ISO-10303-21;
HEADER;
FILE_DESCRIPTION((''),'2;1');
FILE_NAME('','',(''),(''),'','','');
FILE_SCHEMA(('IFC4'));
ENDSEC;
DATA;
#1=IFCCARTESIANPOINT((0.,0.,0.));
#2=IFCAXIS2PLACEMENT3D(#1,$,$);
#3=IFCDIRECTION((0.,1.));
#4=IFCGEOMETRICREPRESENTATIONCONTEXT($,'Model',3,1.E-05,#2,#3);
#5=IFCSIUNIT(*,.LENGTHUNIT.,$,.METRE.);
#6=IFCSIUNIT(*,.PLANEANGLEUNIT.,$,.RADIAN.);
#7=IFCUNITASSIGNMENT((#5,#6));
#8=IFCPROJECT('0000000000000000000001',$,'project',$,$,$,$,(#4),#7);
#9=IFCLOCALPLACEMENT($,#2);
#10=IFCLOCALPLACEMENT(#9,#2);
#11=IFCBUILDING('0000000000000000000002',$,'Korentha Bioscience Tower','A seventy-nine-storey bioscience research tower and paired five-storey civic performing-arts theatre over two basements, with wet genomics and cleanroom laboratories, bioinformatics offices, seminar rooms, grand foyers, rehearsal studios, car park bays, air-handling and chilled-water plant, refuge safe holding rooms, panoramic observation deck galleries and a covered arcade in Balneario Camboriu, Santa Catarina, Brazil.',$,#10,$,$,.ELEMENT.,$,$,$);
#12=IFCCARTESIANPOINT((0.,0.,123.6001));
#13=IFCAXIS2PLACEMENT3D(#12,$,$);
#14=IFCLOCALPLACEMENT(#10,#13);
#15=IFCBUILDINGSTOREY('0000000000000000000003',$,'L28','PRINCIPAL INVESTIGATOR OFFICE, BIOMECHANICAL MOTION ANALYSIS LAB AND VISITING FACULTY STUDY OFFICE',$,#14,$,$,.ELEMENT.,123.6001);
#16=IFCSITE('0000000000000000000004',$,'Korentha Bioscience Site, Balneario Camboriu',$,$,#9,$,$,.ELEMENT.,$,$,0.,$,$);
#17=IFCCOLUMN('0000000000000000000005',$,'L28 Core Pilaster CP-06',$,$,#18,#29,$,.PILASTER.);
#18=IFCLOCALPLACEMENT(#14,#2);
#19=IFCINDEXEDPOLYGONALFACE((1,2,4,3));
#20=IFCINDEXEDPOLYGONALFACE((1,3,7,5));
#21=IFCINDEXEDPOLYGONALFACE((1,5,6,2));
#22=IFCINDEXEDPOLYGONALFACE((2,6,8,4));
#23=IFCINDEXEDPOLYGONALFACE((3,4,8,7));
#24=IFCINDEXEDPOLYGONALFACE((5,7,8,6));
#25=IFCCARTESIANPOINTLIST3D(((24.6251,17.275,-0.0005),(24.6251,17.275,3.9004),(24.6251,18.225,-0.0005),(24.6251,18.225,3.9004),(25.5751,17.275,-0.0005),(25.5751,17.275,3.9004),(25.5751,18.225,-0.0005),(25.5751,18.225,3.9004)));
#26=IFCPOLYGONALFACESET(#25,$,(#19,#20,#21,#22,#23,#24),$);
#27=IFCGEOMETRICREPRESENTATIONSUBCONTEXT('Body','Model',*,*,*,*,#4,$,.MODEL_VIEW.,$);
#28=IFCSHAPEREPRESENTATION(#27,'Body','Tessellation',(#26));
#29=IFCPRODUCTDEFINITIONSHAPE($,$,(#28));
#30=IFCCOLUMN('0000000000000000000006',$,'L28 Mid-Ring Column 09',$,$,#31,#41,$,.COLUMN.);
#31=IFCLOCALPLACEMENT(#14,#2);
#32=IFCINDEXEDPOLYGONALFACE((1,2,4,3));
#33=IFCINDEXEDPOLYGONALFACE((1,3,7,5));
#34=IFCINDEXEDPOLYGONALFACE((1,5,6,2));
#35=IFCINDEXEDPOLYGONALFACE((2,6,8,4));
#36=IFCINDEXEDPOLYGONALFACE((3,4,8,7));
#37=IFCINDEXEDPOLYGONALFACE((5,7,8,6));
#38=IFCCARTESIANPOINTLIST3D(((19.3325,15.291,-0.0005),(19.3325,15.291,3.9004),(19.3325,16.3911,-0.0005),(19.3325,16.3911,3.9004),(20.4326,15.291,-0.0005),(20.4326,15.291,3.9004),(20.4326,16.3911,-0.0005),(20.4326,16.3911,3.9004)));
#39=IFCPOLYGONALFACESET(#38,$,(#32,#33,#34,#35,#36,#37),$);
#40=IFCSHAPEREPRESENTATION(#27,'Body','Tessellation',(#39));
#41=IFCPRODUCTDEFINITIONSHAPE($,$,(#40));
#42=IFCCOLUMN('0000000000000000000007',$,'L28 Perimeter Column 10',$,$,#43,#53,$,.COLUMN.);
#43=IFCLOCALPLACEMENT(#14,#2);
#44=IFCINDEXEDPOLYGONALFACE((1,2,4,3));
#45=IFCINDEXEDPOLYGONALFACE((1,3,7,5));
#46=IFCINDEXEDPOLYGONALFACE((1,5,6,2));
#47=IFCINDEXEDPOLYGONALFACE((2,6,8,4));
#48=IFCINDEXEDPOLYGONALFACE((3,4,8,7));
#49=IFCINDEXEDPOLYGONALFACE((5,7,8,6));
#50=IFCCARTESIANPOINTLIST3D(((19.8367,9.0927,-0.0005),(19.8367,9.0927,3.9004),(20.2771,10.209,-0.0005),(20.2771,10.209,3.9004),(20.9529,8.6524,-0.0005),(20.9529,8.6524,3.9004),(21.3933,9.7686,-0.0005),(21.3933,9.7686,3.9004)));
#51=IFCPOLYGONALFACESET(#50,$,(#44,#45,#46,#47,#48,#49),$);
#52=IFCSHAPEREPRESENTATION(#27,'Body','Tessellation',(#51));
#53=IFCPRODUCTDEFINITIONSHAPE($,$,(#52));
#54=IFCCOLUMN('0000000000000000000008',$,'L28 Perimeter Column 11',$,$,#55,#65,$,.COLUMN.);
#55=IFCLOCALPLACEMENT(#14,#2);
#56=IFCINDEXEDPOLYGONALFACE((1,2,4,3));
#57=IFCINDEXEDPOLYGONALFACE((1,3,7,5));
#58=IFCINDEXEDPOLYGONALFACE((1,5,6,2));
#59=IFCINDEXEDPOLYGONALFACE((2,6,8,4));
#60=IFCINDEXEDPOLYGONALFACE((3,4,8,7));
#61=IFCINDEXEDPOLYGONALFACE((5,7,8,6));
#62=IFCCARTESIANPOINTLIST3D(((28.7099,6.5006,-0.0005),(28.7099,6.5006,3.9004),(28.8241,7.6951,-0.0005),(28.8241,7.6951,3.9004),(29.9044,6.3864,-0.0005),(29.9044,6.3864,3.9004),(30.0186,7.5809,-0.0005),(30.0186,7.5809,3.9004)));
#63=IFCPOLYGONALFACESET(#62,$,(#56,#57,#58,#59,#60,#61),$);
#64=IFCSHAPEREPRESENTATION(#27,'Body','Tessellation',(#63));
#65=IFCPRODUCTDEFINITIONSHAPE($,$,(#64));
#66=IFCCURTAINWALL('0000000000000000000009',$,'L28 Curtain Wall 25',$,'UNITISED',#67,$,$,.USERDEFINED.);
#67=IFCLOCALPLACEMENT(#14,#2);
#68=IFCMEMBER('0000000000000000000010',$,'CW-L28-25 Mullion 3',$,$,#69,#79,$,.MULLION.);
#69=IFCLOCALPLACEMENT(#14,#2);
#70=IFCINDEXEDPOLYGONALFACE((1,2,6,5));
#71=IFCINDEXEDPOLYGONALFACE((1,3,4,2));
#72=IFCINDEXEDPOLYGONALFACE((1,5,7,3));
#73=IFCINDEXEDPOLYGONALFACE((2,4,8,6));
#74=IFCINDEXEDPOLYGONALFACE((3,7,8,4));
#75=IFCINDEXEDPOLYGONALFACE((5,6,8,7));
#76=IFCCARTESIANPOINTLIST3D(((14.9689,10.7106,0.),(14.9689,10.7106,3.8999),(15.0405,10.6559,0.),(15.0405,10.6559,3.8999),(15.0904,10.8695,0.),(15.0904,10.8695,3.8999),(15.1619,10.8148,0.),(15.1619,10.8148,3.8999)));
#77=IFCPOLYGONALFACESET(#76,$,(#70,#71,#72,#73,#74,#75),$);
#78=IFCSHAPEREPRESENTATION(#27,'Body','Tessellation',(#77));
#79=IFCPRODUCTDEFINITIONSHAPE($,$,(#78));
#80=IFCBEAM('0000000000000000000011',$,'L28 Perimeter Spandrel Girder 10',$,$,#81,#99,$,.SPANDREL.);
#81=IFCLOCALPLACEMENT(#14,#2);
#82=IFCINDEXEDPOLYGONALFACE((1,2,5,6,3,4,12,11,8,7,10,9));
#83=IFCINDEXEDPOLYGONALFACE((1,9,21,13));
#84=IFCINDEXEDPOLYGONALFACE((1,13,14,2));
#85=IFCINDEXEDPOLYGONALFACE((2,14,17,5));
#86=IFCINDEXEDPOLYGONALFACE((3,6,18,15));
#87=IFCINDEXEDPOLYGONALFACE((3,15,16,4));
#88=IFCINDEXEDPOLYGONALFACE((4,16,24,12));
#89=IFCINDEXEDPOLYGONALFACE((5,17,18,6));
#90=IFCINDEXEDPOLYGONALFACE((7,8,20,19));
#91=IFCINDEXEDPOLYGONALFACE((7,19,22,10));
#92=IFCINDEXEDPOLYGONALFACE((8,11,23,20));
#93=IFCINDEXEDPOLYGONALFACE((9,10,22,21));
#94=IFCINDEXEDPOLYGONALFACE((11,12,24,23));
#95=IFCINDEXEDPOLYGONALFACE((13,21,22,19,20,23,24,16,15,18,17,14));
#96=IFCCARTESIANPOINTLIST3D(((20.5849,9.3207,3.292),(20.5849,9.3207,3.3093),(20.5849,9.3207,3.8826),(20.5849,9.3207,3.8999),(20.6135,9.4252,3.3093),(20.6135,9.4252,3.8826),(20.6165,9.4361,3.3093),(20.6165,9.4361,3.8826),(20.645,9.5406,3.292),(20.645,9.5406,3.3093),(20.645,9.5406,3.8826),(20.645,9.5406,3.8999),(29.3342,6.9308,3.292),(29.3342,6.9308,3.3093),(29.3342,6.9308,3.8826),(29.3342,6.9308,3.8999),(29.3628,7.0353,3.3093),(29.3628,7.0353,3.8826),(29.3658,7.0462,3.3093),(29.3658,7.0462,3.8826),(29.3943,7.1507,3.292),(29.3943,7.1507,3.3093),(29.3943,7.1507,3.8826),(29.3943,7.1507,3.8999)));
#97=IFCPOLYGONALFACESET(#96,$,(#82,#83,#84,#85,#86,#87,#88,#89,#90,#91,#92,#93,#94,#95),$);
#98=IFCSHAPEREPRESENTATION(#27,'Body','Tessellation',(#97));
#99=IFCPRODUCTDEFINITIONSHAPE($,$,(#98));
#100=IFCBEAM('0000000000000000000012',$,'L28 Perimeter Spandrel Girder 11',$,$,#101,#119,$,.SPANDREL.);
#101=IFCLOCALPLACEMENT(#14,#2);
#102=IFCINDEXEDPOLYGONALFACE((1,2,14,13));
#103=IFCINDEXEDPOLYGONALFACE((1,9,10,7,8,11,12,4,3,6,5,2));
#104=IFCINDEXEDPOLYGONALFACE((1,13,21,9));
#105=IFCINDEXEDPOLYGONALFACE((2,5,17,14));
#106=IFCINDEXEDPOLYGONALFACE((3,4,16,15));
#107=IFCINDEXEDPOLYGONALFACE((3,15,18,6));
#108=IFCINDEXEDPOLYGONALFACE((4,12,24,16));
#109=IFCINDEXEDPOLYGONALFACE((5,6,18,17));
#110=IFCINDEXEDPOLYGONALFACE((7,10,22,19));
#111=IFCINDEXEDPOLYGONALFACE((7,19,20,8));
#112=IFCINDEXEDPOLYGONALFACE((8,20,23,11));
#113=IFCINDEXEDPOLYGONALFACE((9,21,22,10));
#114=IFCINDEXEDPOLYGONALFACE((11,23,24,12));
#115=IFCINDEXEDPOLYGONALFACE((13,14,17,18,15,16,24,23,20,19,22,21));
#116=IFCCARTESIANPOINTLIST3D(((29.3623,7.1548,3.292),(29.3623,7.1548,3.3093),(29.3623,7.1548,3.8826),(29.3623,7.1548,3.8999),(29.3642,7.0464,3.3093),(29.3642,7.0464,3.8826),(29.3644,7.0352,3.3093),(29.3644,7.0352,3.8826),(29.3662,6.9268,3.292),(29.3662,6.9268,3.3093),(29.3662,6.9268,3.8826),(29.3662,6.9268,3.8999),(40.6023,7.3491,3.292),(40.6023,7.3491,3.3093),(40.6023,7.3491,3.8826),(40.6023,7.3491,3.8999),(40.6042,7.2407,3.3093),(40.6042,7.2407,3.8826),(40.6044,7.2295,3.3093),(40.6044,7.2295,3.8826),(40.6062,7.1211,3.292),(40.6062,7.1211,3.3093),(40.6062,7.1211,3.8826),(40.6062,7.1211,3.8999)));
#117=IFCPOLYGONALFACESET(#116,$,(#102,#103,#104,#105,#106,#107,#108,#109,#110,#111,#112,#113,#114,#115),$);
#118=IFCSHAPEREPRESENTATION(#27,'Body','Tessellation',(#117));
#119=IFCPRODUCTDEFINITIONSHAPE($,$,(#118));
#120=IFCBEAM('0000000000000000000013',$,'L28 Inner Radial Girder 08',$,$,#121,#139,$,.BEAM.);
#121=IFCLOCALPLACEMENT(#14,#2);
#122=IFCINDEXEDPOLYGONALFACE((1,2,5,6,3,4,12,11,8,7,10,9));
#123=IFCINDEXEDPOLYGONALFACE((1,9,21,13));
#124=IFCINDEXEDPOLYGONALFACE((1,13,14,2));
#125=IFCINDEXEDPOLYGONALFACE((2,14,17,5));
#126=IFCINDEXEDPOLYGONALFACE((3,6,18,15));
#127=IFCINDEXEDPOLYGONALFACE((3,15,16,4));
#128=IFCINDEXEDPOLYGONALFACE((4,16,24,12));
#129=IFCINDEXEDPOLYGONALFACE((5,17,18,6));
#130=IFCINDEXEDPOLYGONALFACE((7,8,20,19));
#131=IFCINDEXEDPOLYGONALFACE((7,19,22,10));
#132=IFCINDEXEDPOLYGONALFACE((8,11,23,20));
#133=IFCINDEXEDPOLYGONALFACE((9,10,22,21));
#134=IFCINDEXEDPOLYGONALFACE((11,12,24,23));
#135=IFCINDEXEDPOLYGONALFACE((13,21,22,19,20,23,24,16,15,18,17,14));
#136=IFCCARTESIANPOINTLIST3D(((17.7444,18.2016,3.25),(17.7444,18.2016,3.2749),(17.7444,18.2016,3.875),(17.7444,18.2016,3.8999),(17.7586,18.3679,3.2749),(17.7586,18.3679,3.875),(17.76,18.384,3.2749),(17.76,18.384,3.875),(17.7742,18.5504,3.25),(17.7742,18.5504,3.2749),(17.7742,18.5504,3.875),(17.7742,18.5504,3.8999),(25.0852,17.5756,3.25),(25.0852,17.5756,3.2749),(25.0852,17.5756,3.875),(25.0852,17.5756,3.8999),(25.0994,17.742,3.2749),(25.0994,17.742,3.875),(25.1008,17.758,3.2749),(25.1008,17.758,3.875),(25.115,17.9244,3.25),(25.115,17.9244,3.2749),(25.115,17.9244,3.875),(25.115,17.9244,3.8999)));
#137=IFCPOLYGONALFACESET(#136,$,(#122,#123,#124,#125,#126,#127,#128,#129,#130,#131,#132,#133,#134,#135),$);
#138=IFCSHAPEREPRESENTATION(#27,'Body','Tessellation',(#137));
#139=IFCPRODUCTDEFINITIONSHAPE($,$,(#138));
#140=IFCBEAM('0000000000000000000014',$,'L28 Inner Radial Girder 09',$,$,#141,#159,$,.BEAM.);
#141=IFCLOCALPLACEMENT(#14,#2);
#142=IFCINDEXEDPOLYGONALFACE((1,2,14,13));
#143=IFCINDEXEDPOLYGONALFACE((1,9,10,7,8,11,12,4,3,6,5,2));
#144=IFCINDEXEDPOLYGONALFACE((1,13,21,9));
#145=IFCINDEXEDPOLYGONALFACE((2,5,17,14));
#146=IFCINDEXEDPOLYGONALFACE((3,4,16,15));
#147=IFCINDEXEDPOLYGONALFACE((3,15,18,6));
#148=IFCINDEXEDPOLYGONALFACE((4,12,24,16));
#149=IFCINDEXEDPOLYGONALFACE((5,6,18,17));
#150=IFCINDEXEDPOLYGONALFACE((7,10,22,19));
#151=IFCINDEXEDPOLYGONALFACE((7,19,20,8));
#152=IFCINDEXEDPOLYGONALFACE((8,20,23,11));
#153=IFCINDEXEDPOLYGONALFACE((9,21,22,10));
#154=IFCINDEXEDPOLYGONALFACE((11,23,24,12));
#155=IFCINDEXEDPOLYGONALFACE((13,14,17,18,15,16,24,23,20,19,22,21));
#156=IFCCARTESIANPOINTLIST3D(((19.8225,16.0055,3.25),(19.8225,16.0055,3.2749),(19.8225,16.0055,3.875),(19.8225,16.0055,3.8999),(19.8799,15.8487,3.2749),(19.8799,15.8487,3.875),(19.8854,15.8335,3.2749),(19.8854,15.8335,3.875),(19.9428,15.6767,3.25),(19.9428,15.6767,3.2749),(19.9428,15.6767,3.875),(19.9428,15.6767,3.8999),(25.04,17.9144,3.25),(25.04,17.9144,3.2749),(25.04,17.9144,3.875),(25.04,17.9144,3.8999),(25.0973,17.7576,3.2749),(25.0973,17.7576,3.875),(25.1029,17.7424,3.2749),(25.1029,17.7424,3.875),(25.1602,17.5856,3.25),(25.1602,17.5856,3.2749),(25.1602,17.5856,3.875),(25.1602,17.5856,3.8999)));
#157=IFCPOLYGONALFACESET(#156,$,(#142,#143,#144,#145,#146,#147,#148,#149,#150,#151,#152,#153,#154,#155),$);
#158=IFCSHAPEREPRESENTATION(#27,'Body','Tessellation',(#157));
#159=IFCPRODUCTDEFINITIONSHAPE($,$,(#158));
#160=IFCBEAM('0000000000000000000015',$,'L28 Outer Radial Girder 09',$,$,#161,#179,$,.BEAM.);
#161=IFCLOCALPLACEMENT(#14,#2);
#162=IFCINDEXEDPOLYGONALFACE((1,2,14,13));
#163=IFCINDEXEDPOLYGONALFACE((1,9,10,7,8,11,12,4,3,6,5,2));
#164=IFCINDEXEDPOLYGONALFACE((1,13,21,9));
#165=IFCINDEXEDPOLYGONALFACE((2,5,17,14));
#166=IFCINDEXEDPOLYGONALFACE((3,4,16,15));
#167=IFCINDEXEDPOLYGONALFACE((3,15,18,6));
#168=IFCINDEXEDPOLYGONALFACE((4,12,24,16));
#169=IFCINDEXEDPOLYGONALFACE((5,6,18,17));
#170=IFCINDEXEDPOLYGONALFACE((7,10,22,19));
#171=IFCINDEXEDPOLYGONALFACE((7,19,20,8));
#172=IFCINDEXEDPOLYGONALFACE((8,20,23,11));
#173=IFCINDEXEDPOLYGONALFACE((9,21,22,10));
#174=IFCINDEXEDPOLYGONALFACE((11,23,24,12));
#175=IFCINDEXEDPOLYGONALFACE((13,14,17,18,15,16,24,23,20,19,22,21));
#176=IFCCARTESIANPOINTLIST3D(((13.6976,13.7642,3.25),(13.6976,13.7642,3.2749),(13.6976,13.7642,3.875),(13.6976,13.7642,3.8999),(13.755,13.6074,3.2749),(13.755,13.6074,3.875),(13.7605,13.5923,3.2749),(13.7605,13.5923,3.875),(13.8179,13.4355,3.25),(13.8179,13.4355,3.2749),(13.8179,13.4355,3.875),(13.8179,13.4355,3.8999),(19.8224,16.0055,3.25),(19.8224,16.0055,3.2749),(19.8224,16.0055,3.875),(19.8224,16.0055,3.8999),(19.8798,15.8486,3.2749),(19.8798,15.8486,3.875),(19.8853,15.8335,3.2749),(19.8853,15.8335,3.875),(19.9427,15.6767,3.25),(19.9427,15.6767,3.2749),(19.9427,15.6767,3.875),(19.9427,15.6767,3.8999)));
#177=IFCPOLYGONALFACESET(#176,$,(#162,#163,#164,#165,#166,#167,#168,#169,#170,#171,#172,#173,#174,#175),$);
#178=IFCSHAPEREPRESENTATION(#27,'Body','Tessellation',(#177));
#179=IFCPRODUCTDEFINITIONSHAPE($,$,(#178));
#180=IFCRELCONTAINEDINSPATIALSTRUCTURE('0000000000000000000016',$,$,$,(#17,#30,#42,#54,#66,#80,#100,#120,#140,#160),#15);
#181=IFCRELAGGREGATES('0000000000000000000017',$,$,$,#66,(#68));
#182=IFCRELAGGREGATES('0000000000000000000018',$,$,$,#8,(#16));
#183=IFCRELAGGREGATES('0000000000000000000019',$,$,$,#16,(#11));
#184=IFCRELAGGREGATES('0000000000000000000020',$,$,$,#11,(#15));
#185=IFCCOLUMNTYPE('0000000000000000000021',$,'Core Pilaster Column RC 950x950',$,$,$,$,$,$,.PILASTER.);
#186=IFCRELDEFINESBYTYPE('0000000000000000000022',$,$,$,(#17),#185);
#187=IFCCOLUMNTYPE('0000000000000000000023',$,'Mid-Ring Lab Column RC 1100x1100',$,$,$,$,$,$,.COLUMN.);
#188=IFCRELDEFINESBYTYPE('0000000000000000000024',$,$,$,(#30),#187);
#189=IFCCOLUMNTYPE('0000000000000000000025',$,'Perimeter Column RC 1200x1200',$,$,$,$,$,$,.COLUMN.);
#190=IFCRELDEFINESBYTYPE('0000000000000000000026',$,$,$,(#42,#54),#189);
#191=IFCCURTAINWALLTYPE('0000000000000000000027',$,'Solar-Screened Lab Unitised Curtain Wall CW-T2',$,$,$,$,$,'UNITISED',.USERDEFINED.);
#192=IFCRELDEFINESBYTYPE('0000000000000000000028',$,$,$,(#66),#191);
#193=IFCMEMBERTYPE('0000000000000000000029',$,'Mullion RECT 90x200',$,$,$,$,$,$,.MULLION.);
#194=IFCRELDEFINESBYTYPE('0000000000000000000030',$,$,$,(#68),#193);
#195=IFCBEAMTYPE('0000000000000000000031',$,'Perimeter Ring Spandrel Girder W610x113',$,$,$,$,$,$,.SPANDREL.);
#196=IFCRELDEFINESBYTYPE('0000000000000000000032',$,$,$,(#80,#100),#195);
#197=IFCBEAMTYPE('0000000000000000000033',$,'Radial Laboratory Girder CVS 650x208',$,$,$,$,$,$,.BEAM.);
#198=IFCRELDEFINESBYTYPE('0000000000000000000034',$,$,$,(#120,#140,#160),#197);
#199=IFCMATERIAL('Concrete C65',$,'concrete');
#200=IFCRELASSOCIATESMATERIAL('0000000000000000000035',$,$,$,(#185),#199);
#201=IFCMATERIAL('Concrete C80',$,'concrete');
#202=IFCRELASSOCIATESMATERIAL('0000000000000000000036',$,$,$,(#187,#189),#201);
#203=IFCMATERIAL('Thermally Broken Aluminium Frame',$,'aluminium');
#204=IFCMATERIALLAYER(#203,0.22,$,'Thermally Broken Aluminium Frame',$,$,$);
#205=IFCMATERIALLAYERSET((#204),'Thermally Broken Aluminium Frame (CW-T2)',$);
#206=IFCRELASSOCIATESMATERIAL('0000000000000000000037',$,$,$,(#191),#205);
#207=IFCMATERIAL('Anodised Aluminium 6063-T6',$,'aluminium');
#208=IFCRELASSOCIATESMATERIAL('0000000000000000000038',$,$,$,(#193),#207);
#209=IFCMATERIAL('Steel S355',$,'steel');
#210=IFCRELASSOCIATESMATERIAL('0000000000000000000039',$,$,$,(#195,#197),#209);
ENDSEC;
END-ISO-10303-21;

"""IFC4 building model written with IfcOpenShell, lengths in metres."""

from ifc_helpers import new_model, si_unit, direction, frame, origin, origin_2d, place, context, subcontext, project, spatial, rectangle, i_section, extrude, material, layer, layer_set, material_profile, profile_set, type_object, element, aggregate, save


model = new_model("IFC4")

# Units and contexts
model_context = context("Model", 3, precision=1e-05, world=origin(), true_north=direction((0.0, 1.0)))
body_context = subcontext(model_context, "Body", "Model", "MODEL_VIEW")
ifc_project = project(units=[si_unit("LENGTHUNIT", "METRE"), si_unit("PLANEANGLEUNIT", "RADIAN")], contexts=[model_context])

# Site, building, storey
site_placement = place(None, origin())
site = spatial("IfcSite", under=ifc_project, at=site_placement, Name="Korentha Bioscience Site, Balneario Camboriu", CompositionType="ELEMENT", RefElevation=0.0)
building_placement = place(site_placement, origin())
building = spatial("IfcBuilding", under=site, at=building_placement, Name="Korentha Bioscience Tower", Description="A seventy-nine-storey bioscience research tower and paired five-storey civic performing-arts theatre over two basements, with wet genomics and cleanroom laboratories, bioinformatics offices, seminar rooms, grand foyers, rehearsal studios, car park bays, air-handling and chilled-water plant, refuge safe holding rooms, panoramic observation deck galleries and a covered arcade in Balneario Camboriu, Santa Catarina, Brazil.", CompositionType="ELEMENT")
storey_placement = place(building_placement, frame((0.0, 0.0, 123.6001)))
storey = spatial("IfcBuildingStorey", under=building, at=storey_placement, Name="L28", Description="PRINCIPAL INVESTIGATOR OFFICE, BIOMECHANICAL MOTION ANALYSIS LAB AND VISITING FACULTY STUDY OFFICE", CompositionType="ELEMENT", Elevation=123.6001)

# Columns
ifc_material_1 = material(Name="Concrete C65", Category="concrete")
ifc_material_profile_1 = material_profile(ifc_material_1, rectangle(XDim=0.95, YDim=0.95, at=origin_2d()), Name="Concrete C65")
ifc_profile_set_1 = profile_set([ifc_material_profile_1], Name="Concrete C65 (COL-CP09)")
column_type_1 = type_object("IfcColumnType", Name="Core Pilaster Column RC 950x950", PredefinedType="PILASTER", material=ifc_profile_set_1)
column_1_placement = place(storey_placement, frame((25.1001, 17.75, -0.0005), z_axis=(0.0, 0.0, 1.0), x_axis=(1.0, 0.0, 0.0)))
element("IfcColumn", 1, at=column_1_placement, inside=storey, type_object=column_type_1, Name="L28 Core Pilaster CP-06", PredefinedType="PILASTER", context=body_context, shape_type="SweptSolid", body=[
    extrude(rectangle(XDim=0.95, YDim=0.95, at=origin_2d()), origin(), (0.0, 0.0, 1.0), 3.9009),
])
ifc_material_2 = material(Name="Concrete C80", Category="concrete")
ifc_material_profile_2 = material_profile(ifc_material_2, rectangle(XDim=1.1001, YDim=1.1001, at=origin_2d()), Name="Concrete C80")
ifc_profile_set_2 = profile_set([ifc_material_profile_2], Name="Concrete C80 (COL-MR11)")
column_type_2 = type_object("IfcColumnType", Name="Mid-Ring Lab Column RC 1100x1100", PredefinedType="COLUMN", material=ifc_profile_set_2)
column_2_placement = place(storey_placement, frame((19.8826, 15.8411, -0.0005), z_axis=(0.0, 0.0, 1.0), x_axis=(1.0, 0.0, 0.0)))
element("IfcColumn", 2, at=column_2_placement, inside=storey, type_object=column_type_2, Name="L28 Mid-Ring Column 09", PredefinedType="COLUMN", context=body_context, shape_type="SweptSolid", body=[
    extrude(rectangle(XDim=1.1001, YDim=1.1001, at=origin_2d()), origin(), (0.0, 0.0, 1.0), 3.9009),
])
ifc_material_profile_3 = material_profile(ifc_material_2, rectangle(XDim=1.2, YDim=1.2, at=origin_2d()), Name="Concrete C80")
ifc_profile_set_3 = profile_set([ifc_material_profile_3], Name="Concrete C80 (COL-P12)")
column_type_3 = type_object("IfcColumnType", Name="Perimeter Column RC 1200x1200", PredefinedType="COLUMN", material=ifc_profile_set_3)
for number, where, z_axis, x_axis, name in (
    (3, (20.615, 9.4307, -0.0005), (0.0, 0.0, 1.0), (-0.930226, 0.366988, 0.0), "L28 Perimeter Column 10"),
    (4, (29.3643, 7.0408, -0.0005), (0.0, 0.0, 1.0), (-0.995463, 0.095151, 0.0), "L28 Perimeter Column 11"),
):
    element("IfcColumn", number, at=place(storey_placement, frame(where, z_axis=z_axis, x_axis=x_axis)), inside=storey, type_object=column_type_3, Name=name, PredefinedType="COLUMN", context=body_context, shape_type="SweptSolid", body=[
        extrude(rectangle(XDim=1.2, YDim=1.2, at=origin_2d()), origin(), (0.0, 0.0, 1.0), 3.9009),
    ])

# Curtain wall, member
ifc_material_3 = material(Name="Thermally Broken Aluminium Frame", Category="aluminium")
ifc_layer_1 = layer(ifc_material_3, 0.22, Name="Thermally Broken Aluminium Frame")
ifc_layer_set_1 = layer_set([ifc_layer_1], Name="Thermally Broken Aluminium Frame (CW-T2)")
curtain_wall_type = type_object("IfcCurtainWallType", Name="Solar-Screened Lab Unitised Curtain Wall CW-T2", ElementType="UNITISED", PredefinedType="USERDEFINED", material=ifc_layer_set_1)
curtain_wall_placement = place(storey_placement, origin())
curtain_wall = element("IfcCurtainWall", 5, at=curtain_wall_placement, inside=storey, type_object=curtain_wall_type, Name="L28 Curtain Wall 25", ObjectType="UNITISED", PredefinedType="USERDEFINED")
ifc_material_4 = material(Name="Anodised Aluminium 6063-T6", Category="aluminium")
ifc_material_profile_4 = material_profile(ifc_material_4, rectangle(XDim=0.0901, YDim=0.2, at=origin_2d()), Name="Anodised Aluminium 6063-T6")
ifc_profile_set_4 = profile_set([ifc_material_profile_4], Name="Anodised Aluminium 6063-T6 (CW-MUL)")
member_type = type_object("IfcMemberType", Name="Mullion RECT 90x200", PredefinedType="MULLION", material=ifc_profile_set_4)
member_placement = place(storey_placement, frame((15.0654, 10.7627, 0.0), z_axis=(0.0, 0.0, 1.0), x_axis=(0.7945, -0.607265, 0.0)))
member = element("IfcMember", 6, at=member_placement, type_object=member_type, Name="CW-L28-25 Mullion 3", PredefinedType="MULLION", context=body_context, shape_type="SweptSolid", body=[
    extrude(rectangle(XDim=0.0901, YDim=0.2, at=origin_2d()), origin(), (0.0, 0.0, 1.0), 3.8999),
])

# Beams
ifc_material_5 = material(Name="Steel S355", Category="steel")
ifc_material_profile_5 = material_profile(ifc_material_5, i_section(OverallWidth=0.228, OverallDepth=0.6079, WebThickness=0.0112, FlangeThickness=0.0173, at=origin_2d()), Name="Steel S355")
ifc_profile_set_5 = profile_set([ifc_material_profile_5], Name="Steel S355 (SB-610)")
beam_type_1 = type_object("IfcBeamType", Name="Perimeter Ring Spandrel Girder W610x113", PredefinedType="SPANDREL", material=ifc_profile_set_5)
beam_1_placement = place(storey_placement, frame((20.615, 9.4307, 3.5959), z_axis=(0.964659, -0.2635, 0.0), x_axis=(0.2635, 0.964659, 0.0)))
element("IfcBeam", 7, at=beam_1_placement, inside=storey, type_object=beam_type_1, Name="L28 Perimeter Spandrel Girder 10", PredefinedType="SPANDREL", context=body_context, shape_type="SweptSolid", body=[
    extrude(i_section(OverallWidth=0.228, OverallDepth=0.6079, WebThickness=0.0112, FlangeThickness=0.0173, at=origin_2d()), origin(), (0.0, 0.0, 1.0), 9.0698),
])
beam_2_placement = place(storey_placement, frame((29.3643, 7.0408, 3.5959), z_axis=(0.999851, 0.017287, 0.0), x_axis=(-0.017287, 0.999851, 0.0)))
element("IfcBeam", 8, at=beam_2_placement, inside=storey, type_object=beam_type_1, Name="L28 Perimeter Spandrel Girder 11", PredefinedType="SPANDREL", context=body_context, shape_type="SweptSolid", body=[
    extrude(i_section(OverallWidth=0.228, OverallDepth=0.6079, WebThickness=0.0112, FlangeThickness=0.0173, at=origin_2d()), origin(), (0.0, 0.0, 1.0), 11.2417),
])
ifc_material_profile_6 = material_profile(ifc_material_5, i_section(OverallWidth=0.3501, OverallDepth=0.6499, WebThickness=0.0161, FlangeThickness=0.0249, at=origin_2d()), Name="Steel S355")
ifc_profile_set_6 = profile_set([ifc_material_profile_6], Name="Steel S355 (RB-650)")
beam_type_2 = type_object("IfcBeamType", Name="Radial Laboratory Girder CVS 650x208", PredefinedType="BEAM", material=ifc_profile_set_6)
beam_3_placement = place(storey_placement, frame((25.1001, 17.75, 3.575), z_axis=(-0.996384, 0.084965, 0.0), x_axis=(-0.084965, -0.996384, 0.0)))
element("IfcBeam", 9, at=beam_3_placement, inside=storey, type_object=beam_type_2, Name="L28 Inner Radial Girder 08", PredefinedType="BEAM", context=body_context, shape_type="SweptSolid", body=[
    extrude(i_section(OverallWidth=0.3501, OverallDepth=0.6499, WebThickness=0.0161, FlangeThickness=0.0249, at=origin_2d()), origin(), (0.0, 0.0, 1.0), 7.3674),
])
beam_4_placement = place(storey_placement, frame((25.1001, 17.75, 3.575), z_axis=(-0.939118, -0.343595, 0.0), x_axis=(0.343595, -0.939118, 0.0)))
element("IfcBeam", 10, at=beam_4_placement, inside=storey, type_object=beam_type_2, Name="L28 Inner Radial Girder 09", PredefinedType="BEAM", context=body_context, shape_type="SweptSolid", body=[
    extrude(i_section(OverallWidth=0.3501, OverallDepth=0.6499, WebThickness=0.0161, FlangeThickness=0.0249, at=origin_2d()), origin(), (0.0, 0.0, 1.0), 5.5557),
])
beam_5_placement = place(storey_placement, frame((19.8826, 15.8411, 3.575), z_axis=(-0.939101, -0.343642, 0.0), x_axis=(0.343642, -0.939101, 0.0)))
element("IfcBeam", 11, at=beam_5_placement, inside=storey, type_object=beam_type_2, Name="L28 Outer Radial Girder 09", PredefinedType="BEAM", context=body_context, shape_type="SweptSolid", body=[
    extrude(i_section(OverallWidth=0.3501, OverallDepth=0.6499, WebThickness=0.0161, FlangeThickness=0.0249, at=origin_2d()), origin(), (0.0, 0.0, 1.0), 6.522),
])

aggregate(curtain_wall, [member])

save(model, "model.ifc")
